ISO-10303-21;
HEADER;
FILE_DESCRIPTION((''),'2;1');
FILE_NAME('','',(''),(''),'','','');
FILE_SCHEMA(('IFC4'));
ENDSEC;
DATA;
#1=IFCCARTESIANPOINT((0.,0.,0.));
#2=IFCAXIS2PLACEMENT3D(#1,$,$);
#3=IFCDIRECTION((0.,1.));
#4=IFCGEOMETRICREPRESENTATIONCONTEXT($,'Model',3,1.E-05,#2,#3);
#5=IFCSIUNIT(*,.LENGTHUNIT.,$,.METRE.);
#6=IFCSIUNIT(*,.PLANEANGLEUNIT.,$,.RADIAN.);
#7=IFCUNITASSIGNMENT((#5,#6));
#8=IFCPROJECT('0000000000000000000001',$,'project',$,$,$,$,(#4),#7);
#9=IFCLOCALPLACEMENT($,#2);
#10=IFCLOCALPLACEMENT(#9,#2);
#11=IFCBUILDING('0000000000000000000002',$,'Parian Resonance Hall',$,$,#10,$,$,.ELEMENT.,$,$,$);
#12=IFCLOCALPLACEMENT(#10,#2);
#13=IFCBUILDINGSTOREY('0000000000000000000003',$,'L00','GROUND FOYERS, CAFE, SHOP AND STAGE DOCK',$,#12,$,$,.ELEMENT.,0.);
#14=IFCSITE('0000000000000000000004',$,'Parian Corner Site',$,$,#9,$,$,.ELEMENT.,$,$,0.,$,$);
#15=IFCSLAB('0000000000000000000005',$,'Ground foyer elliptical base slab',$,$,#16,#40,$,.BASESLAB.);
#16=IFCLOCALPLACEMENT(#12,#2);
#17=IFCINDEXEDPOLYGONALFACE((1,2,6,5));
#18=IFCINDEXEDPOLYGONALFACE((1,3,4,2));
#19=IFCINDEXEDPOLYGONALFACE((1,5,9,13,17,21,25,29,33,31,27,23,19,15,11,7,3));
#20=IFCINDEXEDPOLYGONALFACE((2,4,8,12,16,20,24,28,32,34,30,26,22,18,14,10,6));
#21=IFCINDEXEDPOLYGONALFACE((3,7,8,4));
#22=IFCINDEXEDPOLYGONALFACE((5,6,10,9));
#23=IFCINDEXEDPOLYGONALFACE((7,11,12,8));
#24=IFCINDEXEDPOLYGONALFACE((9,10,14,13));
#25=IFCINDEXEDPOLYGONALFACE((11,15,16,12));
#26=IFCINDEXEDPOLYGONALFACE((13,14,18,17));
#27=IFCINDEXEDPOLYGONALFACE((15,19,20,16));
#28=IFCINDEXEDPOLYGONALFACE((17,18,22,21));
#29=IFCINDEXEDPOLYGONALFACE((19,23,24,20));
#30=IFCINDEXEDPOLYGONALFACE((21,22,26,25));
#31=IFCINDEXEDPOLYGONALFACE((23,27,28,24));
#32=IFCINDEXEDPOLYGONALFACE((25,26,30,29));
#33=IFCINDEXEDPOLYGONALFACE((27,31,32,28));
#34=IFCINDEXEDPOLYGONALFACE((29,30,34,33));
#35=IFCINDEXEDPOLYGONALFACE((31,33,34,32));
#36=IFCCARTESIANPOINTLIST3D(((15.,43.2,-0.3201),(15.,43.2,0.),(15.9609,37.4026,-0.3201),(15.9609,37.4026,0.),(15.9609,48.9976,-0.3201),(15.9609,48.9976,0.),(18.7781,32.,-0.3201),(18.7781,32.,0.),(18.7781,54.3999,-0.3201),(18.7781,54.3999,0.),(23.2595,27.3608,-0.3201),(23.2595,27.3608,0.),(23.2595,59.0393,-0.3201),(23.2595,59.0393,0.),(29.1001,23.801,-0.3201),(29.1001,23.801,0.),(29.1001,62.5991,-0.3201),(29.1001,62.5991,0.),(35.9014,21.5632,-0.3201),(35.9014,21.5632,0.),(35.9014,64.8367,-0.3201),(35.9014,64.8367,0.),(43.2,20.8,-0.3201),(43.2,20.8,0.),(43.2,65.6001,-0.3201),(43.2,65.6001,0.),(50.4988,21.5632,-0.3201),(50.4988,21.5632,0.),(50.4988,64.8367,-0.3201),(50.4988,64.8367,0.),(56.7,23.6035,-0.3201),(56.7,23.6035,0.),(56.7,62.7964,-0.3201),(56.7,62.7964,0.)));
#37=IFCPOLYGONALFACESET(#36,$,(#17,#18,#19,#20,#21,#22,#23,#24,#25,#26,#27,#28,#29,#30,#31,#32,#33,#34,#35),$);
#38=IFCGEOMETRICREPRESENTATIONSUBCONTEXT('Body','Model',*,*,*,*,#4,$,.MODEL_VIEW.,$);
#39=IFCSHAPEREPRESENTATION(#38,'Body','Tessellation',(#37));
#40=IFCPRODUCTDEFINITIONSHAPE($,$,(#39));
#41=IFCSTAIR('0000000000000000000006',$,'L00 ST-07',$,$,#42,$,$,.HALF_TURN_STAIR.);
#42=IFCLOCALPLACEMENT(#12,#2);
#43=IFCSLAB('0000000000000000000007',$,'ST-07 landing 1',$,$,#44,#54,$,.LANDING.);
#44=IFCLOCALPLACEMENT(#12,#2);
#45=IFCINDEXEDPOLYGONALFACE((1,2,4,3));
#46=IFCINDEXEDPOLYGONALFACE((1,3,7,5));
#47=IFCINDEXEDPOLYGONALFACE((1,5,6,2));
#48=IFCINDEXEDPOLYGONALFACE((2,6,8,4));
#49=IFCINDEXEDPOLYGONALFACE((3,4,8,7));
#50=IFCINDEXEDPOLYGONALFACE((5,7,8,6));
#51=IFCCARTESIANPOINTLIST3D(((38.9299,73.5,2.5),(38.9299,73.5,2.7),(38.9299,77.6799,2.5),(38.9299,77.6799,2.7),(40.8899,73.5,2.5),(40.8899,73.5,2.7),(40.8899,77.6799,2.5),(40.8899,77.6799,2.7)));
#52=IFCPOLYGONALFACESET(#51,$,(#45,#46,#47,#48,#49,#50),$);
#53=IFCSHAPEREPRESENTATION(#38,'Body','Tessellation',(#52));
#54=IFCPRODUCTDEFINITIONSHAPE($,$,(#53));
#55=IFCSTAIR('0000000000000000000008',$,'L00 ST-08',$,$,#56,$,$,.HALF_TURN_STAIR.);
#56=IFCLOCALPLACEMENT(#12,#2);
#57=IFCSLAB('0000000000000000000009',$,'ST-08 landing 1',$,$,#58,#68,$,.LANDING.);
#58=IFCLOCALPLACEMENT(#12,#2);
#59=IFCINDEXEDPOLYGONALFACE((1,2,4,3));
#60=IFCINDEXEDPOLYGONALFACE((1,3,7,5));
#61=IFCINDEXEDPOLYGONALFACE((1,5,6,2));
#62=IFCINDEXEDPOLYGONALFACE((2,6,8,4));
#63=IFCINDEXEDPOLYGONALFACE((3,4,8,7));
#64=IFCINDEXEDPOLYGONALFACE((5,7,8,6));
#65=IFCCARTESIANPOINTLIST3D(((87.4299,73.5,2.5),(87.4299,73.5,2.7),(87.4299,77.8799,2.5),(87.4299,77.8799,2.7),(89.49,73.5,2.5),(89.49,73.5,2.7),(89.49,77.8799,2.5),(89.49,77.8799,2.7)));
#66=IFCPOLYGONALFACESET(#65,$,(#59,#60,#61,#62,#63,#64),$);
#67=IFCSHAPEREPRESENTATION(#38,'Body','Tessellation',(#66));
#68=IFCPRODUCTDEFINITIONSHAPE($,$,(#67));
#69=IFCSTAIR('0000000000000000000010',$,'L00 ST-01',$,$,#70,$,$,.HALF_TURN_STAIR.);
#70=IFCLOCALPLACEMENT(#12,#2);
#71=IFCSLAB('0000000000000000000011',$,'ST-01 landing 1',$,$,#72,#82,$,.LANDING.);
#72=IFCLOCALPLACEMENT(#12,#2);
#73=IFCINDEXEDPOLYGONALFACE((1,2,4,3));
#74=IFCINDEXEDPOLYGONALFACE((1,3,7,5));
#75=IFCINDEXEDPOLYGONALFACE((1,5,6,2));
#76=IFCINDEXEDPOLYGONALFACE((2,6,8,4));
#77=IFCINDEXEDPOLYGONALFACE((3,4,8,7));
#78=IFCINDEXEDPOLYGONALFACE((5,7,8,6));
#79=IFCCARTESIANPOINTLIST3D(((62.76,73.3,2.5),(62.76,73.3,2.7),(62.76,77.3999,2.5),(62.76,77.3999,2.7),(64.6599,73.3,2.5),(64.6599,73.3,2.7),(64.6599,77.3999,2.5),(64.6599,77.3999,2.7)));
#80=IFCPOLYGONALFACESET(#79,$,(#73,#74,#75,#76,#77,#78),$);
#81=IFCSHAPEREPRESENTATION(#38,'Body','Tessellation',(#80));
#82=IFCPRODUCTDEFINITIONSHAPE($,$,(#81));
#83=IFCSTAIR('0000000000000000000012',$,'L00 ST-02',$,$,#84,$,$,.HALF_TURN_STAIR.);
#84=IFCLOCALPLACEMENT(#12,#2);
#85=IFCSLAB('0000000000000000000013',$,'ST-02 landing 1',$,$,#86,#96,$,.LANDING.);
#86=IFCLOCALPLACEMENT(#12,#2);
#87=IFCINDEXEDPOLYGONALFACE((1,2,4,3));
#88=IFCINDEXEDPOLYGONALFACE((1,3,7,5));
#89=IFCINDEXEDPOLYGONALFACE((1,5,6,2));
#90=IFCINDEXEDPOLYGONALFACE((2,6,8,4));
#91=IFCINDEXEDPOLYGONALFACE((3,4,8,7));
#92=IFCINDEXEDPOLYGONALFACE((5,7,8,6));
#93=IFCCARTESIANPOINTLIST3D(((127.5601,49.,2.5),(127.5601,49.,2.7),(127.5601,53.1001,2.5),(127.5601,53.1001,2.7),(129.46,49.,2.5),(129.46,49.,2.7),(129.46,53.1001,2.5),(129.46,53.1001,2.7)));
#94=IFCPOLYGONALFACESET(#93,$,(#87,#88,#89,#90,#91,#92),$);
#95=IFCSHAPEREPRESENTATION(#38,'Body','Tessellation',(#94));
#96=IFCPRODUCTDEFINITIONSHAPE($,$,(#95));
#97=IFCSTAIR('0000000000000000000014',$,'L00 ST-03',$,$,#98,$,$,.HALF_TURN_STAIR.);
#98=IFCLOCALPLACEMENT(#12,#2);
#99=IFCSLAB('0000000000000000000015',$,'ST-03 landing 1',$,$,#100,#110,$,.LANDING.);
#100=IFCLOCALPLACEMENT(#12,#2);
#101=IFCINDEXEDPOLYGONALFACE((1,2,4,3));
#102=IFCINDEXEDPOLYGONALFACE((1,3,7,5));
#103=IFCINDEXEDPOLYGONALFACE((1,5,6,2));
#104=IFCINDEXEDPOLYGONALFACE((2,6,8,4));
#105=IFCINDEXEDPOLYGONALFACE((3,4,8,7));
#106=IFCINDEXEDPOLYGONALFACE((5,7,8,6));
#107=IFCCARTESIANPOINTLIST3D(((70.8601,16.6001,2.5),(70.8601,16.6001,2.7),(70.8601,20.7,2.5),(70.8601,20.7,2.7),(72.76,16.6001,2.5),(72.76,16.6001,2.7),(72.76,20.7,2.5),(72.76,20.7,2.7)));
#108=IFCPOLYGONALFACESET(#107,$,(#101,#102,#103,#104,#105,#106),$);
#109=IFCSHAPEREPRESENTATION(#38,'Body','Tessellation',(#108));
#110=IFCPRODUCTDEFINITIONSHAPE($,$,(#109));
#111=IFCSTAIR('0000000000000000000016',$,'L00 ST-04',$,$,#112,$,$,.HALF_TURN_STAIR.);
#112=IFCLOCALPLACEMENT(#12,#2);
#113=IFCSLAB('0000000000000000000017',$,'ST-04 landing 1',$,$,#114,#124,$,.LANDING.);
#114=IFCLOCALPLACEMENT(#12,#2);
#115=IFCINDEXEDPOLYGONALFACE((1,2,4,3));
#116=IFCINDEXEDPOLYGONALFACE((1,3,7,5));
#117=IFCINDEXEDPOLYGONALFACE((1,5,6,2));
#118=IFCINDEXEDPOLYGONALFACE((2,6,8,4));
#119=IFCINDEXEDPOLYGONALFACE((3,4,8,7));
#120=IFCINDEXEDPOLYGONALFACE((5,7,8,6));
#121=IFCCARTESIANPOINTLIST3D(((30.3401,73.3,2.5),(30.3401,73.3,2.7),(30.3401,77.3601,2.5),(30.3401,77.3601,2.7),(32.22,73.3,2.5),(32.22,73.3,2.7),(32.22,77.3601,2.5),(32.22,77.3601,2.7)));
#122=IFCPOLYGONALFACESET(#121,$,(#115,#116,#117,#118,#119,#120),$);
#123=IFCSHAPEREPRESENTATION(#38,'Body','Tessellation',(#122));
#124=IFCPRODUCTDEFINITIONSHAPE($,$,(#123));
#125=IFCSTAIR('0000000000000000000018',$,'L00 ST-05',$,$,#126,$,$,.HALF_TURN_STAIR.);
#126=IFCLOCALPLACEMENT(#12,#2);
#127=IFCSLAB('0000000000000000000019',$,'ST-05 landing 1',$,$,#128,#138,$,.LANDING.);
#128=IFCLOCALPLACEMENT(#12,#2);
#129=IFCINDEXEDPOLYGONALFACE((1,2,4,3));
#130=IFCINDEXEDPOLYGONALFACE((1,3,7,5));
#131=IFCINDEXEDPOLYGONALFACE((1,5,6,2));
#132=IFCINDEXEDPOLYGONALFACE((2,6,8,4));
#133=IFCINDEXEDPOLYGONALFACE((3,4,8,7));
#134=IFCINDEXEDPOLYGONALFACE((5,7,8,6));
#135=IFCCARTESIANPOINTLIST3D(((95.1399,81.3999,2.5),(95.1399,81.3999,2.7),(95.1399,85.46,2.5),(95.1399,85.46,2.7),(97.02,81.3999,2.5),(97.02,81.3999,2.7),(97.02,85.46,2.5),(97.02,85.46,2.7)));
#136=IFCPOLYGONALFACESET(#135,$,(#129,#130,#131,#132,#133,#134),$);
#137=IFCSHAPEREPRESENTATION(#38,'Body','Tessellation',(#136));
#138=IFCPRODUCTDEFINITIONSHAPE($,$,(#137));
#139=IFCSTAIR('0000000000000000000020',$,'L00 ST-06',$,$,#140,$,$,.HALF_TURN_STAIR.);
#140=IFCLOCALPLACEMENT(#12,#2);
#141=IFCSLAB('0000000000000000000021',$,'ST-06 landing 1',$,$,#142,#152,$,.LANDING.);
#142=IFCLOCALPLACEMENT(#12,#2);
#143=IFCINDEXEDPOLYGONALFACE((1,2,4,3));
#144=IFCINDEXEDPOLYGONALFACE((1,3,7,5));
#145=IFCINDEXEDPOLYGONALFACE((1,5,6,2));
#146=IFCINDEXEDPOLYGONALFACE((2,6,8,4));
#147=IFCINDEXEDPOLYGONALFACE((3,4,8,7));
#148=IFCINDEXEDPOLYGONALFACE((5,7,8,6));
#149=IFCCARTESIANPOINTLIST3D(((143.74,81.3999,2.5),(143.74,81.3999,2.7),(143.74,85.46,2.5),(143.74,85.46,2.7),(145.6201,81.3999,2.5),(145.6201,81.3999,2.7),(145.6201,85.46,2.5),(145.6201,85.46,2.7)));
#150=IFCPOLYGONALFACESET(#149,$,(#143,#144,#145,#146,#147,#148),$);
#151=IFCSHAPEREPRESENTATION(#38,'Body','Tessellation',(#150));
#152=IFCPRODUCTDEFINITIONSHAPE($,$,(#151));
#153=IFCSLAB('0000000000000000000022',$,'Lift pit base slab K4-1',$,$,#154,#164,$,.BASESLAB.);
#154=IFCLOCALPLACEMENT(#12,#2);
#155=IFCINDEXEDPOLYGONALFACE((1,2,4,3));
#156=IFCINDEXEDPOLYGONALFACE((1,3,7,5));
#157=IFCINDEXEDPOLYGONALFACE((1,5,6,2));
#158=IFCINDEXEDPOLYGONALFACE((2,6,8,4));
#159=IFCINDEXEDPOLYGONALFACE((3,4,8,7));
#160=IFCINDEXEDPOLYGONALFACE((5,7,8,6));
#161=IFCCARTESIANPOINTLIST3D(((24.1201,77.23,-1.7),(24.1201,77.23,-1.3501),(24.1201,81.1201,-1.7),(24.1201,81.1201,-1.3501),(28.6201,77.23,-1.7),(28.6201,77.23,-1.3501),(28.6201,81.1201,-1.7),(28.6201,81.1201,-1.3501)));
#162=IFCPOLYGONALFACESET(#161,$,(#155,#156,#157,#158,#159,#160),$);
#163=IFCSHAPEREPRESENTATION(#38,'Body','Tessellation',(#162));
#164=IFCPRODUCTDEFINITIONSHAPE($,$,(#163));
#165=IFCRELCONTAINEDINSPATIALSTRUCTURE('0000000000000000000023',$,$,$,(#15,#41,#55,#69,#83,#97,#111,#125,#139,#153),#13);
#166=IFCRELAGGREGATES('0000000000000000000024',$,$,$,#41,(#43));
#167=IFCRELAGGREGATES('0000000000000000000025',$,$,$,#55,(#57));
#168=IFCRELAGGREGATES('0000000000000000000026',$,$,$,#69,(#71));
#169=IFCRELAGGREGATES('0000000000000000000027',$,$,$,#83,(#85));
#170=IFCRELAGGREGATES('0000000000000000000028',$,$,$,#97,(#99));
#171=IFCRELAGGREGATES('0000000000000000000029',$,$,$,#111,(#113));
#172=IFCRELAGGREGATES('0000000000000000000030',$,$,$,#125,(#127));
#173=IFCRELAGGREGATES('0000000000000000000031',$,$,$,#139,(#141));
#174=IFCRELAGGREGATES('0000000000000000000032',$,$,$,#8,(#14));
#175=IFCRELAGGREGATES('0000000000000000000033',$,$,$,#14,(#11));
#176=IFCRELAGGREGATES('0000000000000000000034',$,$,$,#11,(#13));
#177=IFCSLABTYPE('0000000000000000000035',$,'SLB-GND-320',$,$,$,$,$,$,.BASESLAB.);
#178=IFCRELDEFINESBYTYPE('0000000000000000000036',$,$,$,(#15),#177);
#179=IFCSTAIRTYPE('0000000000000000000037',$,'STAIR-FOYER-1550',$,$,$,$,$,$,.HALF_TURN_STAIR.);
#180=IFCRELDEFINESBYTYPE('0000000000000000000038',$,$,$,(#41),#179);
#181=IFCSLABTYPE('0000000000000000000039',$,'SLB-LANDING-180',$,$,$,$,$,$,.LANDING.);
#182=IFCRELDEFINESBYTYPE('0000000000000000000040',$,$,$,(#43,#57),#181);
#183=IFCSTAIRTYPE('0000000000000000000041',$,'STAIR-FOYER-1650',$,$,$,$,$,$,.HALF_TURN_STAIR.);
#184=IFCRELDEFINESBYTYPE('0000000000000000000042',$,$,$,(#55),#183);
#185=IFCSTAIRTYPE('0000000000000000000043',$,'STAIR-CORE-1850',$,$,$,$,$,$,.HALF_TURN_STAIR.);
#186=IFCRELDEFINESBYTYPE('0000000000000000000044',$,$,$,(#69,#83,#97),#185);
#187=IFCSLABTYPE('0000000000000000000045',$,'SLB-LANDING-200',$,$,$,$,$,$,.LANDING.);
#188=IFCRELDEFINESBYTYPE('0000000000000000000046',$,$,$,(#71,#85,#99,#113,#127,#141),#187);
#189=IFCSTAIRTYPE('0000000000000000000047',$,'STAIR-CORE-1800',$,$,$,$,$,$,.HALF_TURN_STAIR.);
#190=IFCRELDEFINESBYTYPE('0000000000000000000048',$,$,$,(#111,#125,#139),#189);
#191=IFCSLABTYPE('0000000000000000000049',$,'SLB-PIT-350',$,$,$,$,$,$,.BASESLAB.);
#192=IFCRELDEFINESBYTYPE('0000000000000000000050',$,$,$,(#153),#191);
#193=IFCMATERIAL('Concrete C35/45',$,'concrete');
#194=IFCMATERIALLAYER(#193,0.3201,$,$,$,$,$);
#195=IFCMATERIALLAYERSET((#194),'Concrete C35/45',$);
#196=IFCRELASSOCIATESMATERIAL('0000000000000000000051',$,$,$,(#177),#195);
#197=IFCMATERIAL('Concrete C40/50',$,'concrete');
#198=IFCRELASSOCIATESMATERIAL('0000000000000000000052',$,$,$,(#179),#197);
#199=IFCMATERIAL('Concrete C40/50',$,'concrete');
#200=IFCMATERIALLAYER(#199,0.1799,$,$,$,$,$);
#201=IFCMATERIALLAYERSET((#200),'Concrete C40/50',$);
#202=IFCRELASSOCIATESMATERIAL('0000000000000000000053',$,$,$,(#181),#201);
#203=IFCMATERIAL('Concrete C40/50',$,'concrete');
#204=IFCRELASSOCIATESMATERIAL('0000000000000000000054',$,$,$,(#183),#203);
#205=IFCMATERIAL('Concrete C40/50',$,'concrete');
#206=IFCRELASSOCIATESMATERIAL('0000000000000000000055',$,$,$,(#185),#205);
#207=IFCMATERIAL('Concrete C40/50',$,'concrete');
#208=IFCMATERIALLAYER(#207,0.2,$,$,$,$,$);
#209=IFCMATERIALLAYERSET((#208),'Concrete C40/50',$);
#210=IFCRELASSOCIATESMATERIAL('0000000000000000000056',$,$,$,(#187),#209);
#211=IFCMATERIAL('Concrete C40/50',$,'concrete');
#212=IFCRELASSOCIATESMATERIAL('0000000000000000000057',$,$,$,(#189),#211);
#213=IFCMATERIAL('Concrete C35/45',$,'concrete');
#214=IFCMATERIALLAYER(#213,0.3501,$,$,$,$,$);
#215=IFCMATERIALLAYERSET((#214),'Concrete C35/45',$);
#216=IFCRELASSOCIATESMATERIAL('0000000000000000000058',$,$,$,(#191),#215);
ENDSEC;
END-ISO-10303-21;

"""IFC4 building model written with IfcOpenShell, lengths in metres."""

from ifc_helpers import new_model, si_unit, direction, frame, origin, place, context, subcontext, project, spatial, polyline, outline, extrude, material, layer, layer_set, type_object, element, aggregate, save


model = new_model("IFC4")

# Units and contexts
model_context = context("Model", 3, precision=1e-05, world=origin(), true_north=direction((0.0, 1.0)))
body_context = subcontext(model_context, "Body", "Model", "MODEL_VIEW")
ifc_project = project(units=[si_unit("LENGTHUNIT", "METRE"), si_unit("PLANEANGLEUNIT", "RADIAN")], contexts=[model_context])

# Site, building, storey
site_placement = place(None, origin())
site = spatial("IfcSite", under=ifc_project, at=site_placement, Name="Parian Corner Site", CompositionType="ELEMENT", RefElevation=0.0)
building_placement = place(site_placement, origin())
building = spatial("IfcBuilding", under=site, at=building_placement, Name="Parian Resonance Hall", CompositionType="ELEMENT")
storey_placement = place(building_placement, origin())
storey = spatial("IfcBuildingStorey", under=building, at=storey_placement, Name="L00", Description="GROUND FOYERS, CAFE, SHOP AND STAGE DOCK", CompositionType="ELEMENT", Elevation=0.0)

# Slab
ifc_material_1 = material(Name="Concrete C35/45", Category="concrete")
ifc_layer_1 = layer(ifc_material_1, 0.3201)
ifc_layer_set_1 = layer_set([ifc_layer_1], Name="Concrete C35/45")
slab_type_1 = type_object("IfcSlabType", Name="SLB-GND-320", PredefinedType="BASESLAB", material=ifc_layer_set_1)
slab_1_placement = place(storey_placement, frame((0.0, 0.0, -0.3201)))
element("IfcSlab", 1, at=slab_1_placement, inside=storey, type_object=slab_type_1, Name="Ground foyer elliptical base slab", PredefinedType="BASESLAB", context=body_context, shape_type="SweptSolid", body=[
    extrude(outline(polyline([(50.4988, 21.5632), (56.7, 23.6035), (56.7, 62.7964), (50.4988, 64.8367), (43.2, 65.6001), (35.9014, 64.8367), (29.1001, 62.5991), (23.2595, 59.0393), (18.7781, 54.3999), (15.9609, 48.9976), (15.0, 43.2), (15.9609, 37.4026), (18.7781, 32.0), (23.2595, 27.3608), (29.1001, 23.801), (35.9014, 21.5632), (43.2, 20.8), (50.4988, 21.5632)])), origin(), (0.0, 0.0, 1.0), 0.3201),
])

# Stairs, slabs
ifc_material_2 = material(Name="Concrete C40/50", Category="concrete")
stair_type_1 = type_object("IfcStairType", Name="STAIR-FOYER-1550", PredefinedType="HALF_TURN_STAIR", material=ifc_material_2)
stair_1_placement = place(storey_placement, origin())
stair_1 = element("IfcStair", 2, at=stair_1_placement, inside=storey, type_object=stair_type_1, Name="L00 ST-07", PredefinedType="HALF_TURN_STAIR")
ifc_material_3 = material(Name="Concrete C40/50", Category="concrete")
ifc_layer_2 = layer(ifc_material_3, 0.1799)
ifc_layer_set_2 = layer_set([ifc_layer_2], Name="Concrete C40/50")
slab_type_2 = type_object("IfcSlabType", Name="SLB-LANDING-180", PredefinedType="LANDING", material=ifc_layer_set_2)
slab_2_placement = place(storey_placement, frame((0.0, 0.0, 2.5)))
slab_2 = element("IfcSlab", 3, at=slab_2_placement, type_object=slab_type_2, Name="ST-07 landing 1", PredefinedType="LANDING", context=body_context, shape_type="SweptSolid", body=[
    extrude(outline(polyline([(38.9299, 73.5), (40.8899, 73.5), (40.8899, 77.6799), (38.9299, 77.6799), (38.9299, 73.5)])), origin(), (0.0, 0.0, 1.0), 0.2),
])
aggregate(stair_1, [slab_2])
ifc_material_4 = material(Name="Concrete C40/50", Category="concrete")
stair_type_2 = type_object("IfcStairType", Name="STAIR-FOYER-1650", PredefinedType="HALF_TURN_STAIR", material=ifc_material_4)
stair_2_placement = place(storey_placement, origin())
stair_2 = element("IfcStair", 4, at=stair_2_placement, inside=storey, type_object=stair_type_2, Name="L00 ST-08", PredefinedType="HALF_TURN_STAIR")
slab_3_placement = place(storey_placement, frame((0.0, 0.0, 2.5)))
slab_3 = element("IfcSlab", 5, at=slab_3_placement, type_object=slab_type_2, Name="ST-08 landing 1", PredefinedType="LANDING", context=body_context, shape_type="SweptSolid", body=[
    extrude(outline(polyline([(87.4299, 73.5), (89.49, 73.5), (89.49, 77.8799), (87.4299, 77.8799), (87.4299, 73.5)])), origin(), (0.0, 0.0, 1.0), 0.2),
])
aggregate(stair_2, [slab_3])
ifc_material_5 = material(Name="Concrete C40/50", Category="concrete")
stair_type_3 = type_object("IfcStairType", Name="STAIR-CORE-1850", PredefinedType="HALF_TURN_STAIR", material=ifc_material_5)
stair_3_placement = place(storey_placement, origin())
stair_3 = element("IfcStair", 6, at=stair_3_placement, inside=storey, type_object=stair_type_3, Name="L00 ST-01", PredefinedType="HALF_TURN_STAIR")
ifc_material_6 = material(Name="Concrete C40/50", Category="concrete")
ifc_layer_3 = layer(ifc_material_6, 0.2)
ifc_layer_set_3 = layer_set([ifc_layer_3], Name="Concrete C40/50")
slab_type_3 = type_object("IfcSlabType", Name="SLB-LANDING-200", PredefinedType="LANDING", material=ifc_layer_set_3)
slab_4_placement = place(storey_placement, frame((0.0, 0.0, 2.5)))
slab_4 = element("IfcSlab", 7, at=slab_4_placement, type_object=slab_type_3, Name="ST-01 landing 1", PredefinedType="LANDING", context=body_context, shape_type="SweptSolid", body=[
    extrude(outline(polyline([(62.76, 73.3), (64.6599, 73.3), (64.6599, 77.3999), (62.76, 77.3999), (62.76, 73.3)])), origin(), (0.0, 0.0, 1.0), 0.2),
])
aggregate(stair_3, [slab_4])
stair_4_placement = place(storey_placement, origin())
stair_4 = element("IfcStair", 8, at=stair_4_placement, inside=storey, type_object=stair_type_3, Name="L00 ST-02", PredefinedType="HALF_TURN_STAIR")
slab_5_placement = place(storey_placement, frame((0.0, 0.0, 2.5)))
slab_5 = element("IfcSlab", 9, at=slab_5_placement, type_object=slab_type_3, Name="ST-02 landing 1", PredefinedType="LANDING", context=body_context, shape_type="SweptSolid", body=[
    extrude(outline(polyline([(127.5601, 49.0), (129.46, 49.0), (129.46, 53.1001), (127.5601, 53.1001), (127.5601, 49.0)])), origin(), (0.0, 0.0, 1.0), 0.2),
])
aggregate(stair_4, [slab_5])
stair_5_placement = place(storey_placement, origin())
stair_5 = element("IfcStair", 10, at=stair_5_placement, inside=storey, type_object=stair_type_3, Name="L00 ST-03", PredefinedType="HALF_TURN_STAIR")
slab_6_placement = place(storey_placement, frame((0.0, 0.0, 2.5)))
slab_6 = element("IfcSlab", 11, at=slab_6_placement, type_object=slab_type_3, Name="ST-03 landing 1", PredefinedType="LANDING", context=body_context, shape_type="SweptSolid", body=[
    extrude(outline(polyline([(70.8601, 16.6001), (72.76, 16.6001), (72.76, 20.7), (70.8601, 20.7), (70.8601, 16.6001)])), origin(), (0.0, 0.0, 1.0), 0.2),
])
aggregate(stair_5, [slab_6])
ifc_material_7 = material(Name="Concrete C40/50", Category="concrete")
stair_type_4 = type_object("IfcStairType", Name="STAIR-CORE-1800", PredefinedType="HALF_TURN_STAIR", material=ifc_material_7)
stair_6_placement = place(storey_placement, origin())
stair_6 = element("IfcStair", 12, at=stair_6_placement, inside=storey, type_object=stair_type_4, Name="L00 ST-04", PredefinedType="HALF_TURN_STAIR")
slab_7_placement = place(storey_placement, frame((0.0, 0.0, 2.5)))
slab_7 = element("IfcSlab", 13, at=slab_7_placement, type_object=slab_type_3, Name="ST-04 landing 1", PredefinedType="LANDING", context=body_context, shape_type="SweptSolid", body=[
    extrude(outline(polyline([(30.3401, 73.3), (32.22, 73.3), (32.22, 77.3601), (30.3401, 77.3601), (30.3401, 73.3)])), origin(), (0.0, 0.0, 1.0), 0.2),
])
aggregate(stair_6, [slab_7])
stair_7_placement = place(storey_placement, origin())
stair_7 = element("IfcStair", 14, at=stair_7_placement, inside=storey, type_object=stair_type_4, Name="L00 ST-05", PredefinedType="HALF_TURN_STAIR")
slab_8_placement = place(storey_placement, frame((0.0, 0.0, 2.5)))
slab_8 = element("IfcSlab", 15, at=slab_8_placement, type_object=slab_type_3, Name="ST-05 landing 1", PredefinedType="LANDING", context=body_context, shape_type="SweptSolid", body=[
    extrude(outline(polyline([(95.1399, 81.3999), (97.02, 81.3999), (97.02, 85.46), (95.1399, 85.46), (95.1399, 81.3999)])), origin(), (0.0, 0.0, 1.0), 0.2),
])
aggregate(stair_7, [slab_8])
stair_8_placement = place(storey_placement, origin())
stair_8 = element("IfcStair", 16, at=stair_8_placement, inside=storey, type_object=stair_type_4, Name="L00 ST-06", PredefinedType="HALF_TURN_STAIR")
slab_9_placement = place(storey_placement, frame((0.0, 0.0, 2.5)))
slab_9 = element("IfcSlab", 17, at=slab_9_placement, type_object=slab_type_3, Name="ST-06 landing 1", PredefinedType="LANDING", context=body_context, shape_type="SweptSolid", body=[
    extrude(outline(polyline([(143.74, 81.3999), (145.6201, 81.3999), (145.6201, 85.46), (143.74, 85.46), (143.74, 81.3999)])), origin(), (0.0, 0.0, 1.0), 0.2),
])
aggregate(stair_8, [slab_9])

# Slab
ifc_material_8 = material(Name="Concrete C35/45", Category="concrete")
ifc_layer_4 = layer(ifc_material_8, 0.3501)
ifc_layer_set_4 = layer_set([ifc_layer_4], Name="Concrete C35/45")
slab_type_4 = type_object("IfcSlabType", Name="SLB-PIT-350", PredefinedType="BASESLAB", material=ifc_layer_set_4)
slab_10_placement = place(storey_placement, frame((0.0, 0.0, -1.7)))
element("IfcSlab", 18, at=slab_10_placement, inside=storey, type_object=slab_type_4, Name="Lift pit base slab K4-1", PredefinedType="BASESLAB", context=body_context, shape_type="SweptSolid", body=[
    extrude(outline(polyline([(24.1201, 77.23), (28.6201, 77.23), (28.6201, 81.1201), (24.1201, 81.1201), (24.1201, 77.23)])), origin(), (0.0, 0.0, 1.0), 0.3499),
])

save(model, "model.ifc")
